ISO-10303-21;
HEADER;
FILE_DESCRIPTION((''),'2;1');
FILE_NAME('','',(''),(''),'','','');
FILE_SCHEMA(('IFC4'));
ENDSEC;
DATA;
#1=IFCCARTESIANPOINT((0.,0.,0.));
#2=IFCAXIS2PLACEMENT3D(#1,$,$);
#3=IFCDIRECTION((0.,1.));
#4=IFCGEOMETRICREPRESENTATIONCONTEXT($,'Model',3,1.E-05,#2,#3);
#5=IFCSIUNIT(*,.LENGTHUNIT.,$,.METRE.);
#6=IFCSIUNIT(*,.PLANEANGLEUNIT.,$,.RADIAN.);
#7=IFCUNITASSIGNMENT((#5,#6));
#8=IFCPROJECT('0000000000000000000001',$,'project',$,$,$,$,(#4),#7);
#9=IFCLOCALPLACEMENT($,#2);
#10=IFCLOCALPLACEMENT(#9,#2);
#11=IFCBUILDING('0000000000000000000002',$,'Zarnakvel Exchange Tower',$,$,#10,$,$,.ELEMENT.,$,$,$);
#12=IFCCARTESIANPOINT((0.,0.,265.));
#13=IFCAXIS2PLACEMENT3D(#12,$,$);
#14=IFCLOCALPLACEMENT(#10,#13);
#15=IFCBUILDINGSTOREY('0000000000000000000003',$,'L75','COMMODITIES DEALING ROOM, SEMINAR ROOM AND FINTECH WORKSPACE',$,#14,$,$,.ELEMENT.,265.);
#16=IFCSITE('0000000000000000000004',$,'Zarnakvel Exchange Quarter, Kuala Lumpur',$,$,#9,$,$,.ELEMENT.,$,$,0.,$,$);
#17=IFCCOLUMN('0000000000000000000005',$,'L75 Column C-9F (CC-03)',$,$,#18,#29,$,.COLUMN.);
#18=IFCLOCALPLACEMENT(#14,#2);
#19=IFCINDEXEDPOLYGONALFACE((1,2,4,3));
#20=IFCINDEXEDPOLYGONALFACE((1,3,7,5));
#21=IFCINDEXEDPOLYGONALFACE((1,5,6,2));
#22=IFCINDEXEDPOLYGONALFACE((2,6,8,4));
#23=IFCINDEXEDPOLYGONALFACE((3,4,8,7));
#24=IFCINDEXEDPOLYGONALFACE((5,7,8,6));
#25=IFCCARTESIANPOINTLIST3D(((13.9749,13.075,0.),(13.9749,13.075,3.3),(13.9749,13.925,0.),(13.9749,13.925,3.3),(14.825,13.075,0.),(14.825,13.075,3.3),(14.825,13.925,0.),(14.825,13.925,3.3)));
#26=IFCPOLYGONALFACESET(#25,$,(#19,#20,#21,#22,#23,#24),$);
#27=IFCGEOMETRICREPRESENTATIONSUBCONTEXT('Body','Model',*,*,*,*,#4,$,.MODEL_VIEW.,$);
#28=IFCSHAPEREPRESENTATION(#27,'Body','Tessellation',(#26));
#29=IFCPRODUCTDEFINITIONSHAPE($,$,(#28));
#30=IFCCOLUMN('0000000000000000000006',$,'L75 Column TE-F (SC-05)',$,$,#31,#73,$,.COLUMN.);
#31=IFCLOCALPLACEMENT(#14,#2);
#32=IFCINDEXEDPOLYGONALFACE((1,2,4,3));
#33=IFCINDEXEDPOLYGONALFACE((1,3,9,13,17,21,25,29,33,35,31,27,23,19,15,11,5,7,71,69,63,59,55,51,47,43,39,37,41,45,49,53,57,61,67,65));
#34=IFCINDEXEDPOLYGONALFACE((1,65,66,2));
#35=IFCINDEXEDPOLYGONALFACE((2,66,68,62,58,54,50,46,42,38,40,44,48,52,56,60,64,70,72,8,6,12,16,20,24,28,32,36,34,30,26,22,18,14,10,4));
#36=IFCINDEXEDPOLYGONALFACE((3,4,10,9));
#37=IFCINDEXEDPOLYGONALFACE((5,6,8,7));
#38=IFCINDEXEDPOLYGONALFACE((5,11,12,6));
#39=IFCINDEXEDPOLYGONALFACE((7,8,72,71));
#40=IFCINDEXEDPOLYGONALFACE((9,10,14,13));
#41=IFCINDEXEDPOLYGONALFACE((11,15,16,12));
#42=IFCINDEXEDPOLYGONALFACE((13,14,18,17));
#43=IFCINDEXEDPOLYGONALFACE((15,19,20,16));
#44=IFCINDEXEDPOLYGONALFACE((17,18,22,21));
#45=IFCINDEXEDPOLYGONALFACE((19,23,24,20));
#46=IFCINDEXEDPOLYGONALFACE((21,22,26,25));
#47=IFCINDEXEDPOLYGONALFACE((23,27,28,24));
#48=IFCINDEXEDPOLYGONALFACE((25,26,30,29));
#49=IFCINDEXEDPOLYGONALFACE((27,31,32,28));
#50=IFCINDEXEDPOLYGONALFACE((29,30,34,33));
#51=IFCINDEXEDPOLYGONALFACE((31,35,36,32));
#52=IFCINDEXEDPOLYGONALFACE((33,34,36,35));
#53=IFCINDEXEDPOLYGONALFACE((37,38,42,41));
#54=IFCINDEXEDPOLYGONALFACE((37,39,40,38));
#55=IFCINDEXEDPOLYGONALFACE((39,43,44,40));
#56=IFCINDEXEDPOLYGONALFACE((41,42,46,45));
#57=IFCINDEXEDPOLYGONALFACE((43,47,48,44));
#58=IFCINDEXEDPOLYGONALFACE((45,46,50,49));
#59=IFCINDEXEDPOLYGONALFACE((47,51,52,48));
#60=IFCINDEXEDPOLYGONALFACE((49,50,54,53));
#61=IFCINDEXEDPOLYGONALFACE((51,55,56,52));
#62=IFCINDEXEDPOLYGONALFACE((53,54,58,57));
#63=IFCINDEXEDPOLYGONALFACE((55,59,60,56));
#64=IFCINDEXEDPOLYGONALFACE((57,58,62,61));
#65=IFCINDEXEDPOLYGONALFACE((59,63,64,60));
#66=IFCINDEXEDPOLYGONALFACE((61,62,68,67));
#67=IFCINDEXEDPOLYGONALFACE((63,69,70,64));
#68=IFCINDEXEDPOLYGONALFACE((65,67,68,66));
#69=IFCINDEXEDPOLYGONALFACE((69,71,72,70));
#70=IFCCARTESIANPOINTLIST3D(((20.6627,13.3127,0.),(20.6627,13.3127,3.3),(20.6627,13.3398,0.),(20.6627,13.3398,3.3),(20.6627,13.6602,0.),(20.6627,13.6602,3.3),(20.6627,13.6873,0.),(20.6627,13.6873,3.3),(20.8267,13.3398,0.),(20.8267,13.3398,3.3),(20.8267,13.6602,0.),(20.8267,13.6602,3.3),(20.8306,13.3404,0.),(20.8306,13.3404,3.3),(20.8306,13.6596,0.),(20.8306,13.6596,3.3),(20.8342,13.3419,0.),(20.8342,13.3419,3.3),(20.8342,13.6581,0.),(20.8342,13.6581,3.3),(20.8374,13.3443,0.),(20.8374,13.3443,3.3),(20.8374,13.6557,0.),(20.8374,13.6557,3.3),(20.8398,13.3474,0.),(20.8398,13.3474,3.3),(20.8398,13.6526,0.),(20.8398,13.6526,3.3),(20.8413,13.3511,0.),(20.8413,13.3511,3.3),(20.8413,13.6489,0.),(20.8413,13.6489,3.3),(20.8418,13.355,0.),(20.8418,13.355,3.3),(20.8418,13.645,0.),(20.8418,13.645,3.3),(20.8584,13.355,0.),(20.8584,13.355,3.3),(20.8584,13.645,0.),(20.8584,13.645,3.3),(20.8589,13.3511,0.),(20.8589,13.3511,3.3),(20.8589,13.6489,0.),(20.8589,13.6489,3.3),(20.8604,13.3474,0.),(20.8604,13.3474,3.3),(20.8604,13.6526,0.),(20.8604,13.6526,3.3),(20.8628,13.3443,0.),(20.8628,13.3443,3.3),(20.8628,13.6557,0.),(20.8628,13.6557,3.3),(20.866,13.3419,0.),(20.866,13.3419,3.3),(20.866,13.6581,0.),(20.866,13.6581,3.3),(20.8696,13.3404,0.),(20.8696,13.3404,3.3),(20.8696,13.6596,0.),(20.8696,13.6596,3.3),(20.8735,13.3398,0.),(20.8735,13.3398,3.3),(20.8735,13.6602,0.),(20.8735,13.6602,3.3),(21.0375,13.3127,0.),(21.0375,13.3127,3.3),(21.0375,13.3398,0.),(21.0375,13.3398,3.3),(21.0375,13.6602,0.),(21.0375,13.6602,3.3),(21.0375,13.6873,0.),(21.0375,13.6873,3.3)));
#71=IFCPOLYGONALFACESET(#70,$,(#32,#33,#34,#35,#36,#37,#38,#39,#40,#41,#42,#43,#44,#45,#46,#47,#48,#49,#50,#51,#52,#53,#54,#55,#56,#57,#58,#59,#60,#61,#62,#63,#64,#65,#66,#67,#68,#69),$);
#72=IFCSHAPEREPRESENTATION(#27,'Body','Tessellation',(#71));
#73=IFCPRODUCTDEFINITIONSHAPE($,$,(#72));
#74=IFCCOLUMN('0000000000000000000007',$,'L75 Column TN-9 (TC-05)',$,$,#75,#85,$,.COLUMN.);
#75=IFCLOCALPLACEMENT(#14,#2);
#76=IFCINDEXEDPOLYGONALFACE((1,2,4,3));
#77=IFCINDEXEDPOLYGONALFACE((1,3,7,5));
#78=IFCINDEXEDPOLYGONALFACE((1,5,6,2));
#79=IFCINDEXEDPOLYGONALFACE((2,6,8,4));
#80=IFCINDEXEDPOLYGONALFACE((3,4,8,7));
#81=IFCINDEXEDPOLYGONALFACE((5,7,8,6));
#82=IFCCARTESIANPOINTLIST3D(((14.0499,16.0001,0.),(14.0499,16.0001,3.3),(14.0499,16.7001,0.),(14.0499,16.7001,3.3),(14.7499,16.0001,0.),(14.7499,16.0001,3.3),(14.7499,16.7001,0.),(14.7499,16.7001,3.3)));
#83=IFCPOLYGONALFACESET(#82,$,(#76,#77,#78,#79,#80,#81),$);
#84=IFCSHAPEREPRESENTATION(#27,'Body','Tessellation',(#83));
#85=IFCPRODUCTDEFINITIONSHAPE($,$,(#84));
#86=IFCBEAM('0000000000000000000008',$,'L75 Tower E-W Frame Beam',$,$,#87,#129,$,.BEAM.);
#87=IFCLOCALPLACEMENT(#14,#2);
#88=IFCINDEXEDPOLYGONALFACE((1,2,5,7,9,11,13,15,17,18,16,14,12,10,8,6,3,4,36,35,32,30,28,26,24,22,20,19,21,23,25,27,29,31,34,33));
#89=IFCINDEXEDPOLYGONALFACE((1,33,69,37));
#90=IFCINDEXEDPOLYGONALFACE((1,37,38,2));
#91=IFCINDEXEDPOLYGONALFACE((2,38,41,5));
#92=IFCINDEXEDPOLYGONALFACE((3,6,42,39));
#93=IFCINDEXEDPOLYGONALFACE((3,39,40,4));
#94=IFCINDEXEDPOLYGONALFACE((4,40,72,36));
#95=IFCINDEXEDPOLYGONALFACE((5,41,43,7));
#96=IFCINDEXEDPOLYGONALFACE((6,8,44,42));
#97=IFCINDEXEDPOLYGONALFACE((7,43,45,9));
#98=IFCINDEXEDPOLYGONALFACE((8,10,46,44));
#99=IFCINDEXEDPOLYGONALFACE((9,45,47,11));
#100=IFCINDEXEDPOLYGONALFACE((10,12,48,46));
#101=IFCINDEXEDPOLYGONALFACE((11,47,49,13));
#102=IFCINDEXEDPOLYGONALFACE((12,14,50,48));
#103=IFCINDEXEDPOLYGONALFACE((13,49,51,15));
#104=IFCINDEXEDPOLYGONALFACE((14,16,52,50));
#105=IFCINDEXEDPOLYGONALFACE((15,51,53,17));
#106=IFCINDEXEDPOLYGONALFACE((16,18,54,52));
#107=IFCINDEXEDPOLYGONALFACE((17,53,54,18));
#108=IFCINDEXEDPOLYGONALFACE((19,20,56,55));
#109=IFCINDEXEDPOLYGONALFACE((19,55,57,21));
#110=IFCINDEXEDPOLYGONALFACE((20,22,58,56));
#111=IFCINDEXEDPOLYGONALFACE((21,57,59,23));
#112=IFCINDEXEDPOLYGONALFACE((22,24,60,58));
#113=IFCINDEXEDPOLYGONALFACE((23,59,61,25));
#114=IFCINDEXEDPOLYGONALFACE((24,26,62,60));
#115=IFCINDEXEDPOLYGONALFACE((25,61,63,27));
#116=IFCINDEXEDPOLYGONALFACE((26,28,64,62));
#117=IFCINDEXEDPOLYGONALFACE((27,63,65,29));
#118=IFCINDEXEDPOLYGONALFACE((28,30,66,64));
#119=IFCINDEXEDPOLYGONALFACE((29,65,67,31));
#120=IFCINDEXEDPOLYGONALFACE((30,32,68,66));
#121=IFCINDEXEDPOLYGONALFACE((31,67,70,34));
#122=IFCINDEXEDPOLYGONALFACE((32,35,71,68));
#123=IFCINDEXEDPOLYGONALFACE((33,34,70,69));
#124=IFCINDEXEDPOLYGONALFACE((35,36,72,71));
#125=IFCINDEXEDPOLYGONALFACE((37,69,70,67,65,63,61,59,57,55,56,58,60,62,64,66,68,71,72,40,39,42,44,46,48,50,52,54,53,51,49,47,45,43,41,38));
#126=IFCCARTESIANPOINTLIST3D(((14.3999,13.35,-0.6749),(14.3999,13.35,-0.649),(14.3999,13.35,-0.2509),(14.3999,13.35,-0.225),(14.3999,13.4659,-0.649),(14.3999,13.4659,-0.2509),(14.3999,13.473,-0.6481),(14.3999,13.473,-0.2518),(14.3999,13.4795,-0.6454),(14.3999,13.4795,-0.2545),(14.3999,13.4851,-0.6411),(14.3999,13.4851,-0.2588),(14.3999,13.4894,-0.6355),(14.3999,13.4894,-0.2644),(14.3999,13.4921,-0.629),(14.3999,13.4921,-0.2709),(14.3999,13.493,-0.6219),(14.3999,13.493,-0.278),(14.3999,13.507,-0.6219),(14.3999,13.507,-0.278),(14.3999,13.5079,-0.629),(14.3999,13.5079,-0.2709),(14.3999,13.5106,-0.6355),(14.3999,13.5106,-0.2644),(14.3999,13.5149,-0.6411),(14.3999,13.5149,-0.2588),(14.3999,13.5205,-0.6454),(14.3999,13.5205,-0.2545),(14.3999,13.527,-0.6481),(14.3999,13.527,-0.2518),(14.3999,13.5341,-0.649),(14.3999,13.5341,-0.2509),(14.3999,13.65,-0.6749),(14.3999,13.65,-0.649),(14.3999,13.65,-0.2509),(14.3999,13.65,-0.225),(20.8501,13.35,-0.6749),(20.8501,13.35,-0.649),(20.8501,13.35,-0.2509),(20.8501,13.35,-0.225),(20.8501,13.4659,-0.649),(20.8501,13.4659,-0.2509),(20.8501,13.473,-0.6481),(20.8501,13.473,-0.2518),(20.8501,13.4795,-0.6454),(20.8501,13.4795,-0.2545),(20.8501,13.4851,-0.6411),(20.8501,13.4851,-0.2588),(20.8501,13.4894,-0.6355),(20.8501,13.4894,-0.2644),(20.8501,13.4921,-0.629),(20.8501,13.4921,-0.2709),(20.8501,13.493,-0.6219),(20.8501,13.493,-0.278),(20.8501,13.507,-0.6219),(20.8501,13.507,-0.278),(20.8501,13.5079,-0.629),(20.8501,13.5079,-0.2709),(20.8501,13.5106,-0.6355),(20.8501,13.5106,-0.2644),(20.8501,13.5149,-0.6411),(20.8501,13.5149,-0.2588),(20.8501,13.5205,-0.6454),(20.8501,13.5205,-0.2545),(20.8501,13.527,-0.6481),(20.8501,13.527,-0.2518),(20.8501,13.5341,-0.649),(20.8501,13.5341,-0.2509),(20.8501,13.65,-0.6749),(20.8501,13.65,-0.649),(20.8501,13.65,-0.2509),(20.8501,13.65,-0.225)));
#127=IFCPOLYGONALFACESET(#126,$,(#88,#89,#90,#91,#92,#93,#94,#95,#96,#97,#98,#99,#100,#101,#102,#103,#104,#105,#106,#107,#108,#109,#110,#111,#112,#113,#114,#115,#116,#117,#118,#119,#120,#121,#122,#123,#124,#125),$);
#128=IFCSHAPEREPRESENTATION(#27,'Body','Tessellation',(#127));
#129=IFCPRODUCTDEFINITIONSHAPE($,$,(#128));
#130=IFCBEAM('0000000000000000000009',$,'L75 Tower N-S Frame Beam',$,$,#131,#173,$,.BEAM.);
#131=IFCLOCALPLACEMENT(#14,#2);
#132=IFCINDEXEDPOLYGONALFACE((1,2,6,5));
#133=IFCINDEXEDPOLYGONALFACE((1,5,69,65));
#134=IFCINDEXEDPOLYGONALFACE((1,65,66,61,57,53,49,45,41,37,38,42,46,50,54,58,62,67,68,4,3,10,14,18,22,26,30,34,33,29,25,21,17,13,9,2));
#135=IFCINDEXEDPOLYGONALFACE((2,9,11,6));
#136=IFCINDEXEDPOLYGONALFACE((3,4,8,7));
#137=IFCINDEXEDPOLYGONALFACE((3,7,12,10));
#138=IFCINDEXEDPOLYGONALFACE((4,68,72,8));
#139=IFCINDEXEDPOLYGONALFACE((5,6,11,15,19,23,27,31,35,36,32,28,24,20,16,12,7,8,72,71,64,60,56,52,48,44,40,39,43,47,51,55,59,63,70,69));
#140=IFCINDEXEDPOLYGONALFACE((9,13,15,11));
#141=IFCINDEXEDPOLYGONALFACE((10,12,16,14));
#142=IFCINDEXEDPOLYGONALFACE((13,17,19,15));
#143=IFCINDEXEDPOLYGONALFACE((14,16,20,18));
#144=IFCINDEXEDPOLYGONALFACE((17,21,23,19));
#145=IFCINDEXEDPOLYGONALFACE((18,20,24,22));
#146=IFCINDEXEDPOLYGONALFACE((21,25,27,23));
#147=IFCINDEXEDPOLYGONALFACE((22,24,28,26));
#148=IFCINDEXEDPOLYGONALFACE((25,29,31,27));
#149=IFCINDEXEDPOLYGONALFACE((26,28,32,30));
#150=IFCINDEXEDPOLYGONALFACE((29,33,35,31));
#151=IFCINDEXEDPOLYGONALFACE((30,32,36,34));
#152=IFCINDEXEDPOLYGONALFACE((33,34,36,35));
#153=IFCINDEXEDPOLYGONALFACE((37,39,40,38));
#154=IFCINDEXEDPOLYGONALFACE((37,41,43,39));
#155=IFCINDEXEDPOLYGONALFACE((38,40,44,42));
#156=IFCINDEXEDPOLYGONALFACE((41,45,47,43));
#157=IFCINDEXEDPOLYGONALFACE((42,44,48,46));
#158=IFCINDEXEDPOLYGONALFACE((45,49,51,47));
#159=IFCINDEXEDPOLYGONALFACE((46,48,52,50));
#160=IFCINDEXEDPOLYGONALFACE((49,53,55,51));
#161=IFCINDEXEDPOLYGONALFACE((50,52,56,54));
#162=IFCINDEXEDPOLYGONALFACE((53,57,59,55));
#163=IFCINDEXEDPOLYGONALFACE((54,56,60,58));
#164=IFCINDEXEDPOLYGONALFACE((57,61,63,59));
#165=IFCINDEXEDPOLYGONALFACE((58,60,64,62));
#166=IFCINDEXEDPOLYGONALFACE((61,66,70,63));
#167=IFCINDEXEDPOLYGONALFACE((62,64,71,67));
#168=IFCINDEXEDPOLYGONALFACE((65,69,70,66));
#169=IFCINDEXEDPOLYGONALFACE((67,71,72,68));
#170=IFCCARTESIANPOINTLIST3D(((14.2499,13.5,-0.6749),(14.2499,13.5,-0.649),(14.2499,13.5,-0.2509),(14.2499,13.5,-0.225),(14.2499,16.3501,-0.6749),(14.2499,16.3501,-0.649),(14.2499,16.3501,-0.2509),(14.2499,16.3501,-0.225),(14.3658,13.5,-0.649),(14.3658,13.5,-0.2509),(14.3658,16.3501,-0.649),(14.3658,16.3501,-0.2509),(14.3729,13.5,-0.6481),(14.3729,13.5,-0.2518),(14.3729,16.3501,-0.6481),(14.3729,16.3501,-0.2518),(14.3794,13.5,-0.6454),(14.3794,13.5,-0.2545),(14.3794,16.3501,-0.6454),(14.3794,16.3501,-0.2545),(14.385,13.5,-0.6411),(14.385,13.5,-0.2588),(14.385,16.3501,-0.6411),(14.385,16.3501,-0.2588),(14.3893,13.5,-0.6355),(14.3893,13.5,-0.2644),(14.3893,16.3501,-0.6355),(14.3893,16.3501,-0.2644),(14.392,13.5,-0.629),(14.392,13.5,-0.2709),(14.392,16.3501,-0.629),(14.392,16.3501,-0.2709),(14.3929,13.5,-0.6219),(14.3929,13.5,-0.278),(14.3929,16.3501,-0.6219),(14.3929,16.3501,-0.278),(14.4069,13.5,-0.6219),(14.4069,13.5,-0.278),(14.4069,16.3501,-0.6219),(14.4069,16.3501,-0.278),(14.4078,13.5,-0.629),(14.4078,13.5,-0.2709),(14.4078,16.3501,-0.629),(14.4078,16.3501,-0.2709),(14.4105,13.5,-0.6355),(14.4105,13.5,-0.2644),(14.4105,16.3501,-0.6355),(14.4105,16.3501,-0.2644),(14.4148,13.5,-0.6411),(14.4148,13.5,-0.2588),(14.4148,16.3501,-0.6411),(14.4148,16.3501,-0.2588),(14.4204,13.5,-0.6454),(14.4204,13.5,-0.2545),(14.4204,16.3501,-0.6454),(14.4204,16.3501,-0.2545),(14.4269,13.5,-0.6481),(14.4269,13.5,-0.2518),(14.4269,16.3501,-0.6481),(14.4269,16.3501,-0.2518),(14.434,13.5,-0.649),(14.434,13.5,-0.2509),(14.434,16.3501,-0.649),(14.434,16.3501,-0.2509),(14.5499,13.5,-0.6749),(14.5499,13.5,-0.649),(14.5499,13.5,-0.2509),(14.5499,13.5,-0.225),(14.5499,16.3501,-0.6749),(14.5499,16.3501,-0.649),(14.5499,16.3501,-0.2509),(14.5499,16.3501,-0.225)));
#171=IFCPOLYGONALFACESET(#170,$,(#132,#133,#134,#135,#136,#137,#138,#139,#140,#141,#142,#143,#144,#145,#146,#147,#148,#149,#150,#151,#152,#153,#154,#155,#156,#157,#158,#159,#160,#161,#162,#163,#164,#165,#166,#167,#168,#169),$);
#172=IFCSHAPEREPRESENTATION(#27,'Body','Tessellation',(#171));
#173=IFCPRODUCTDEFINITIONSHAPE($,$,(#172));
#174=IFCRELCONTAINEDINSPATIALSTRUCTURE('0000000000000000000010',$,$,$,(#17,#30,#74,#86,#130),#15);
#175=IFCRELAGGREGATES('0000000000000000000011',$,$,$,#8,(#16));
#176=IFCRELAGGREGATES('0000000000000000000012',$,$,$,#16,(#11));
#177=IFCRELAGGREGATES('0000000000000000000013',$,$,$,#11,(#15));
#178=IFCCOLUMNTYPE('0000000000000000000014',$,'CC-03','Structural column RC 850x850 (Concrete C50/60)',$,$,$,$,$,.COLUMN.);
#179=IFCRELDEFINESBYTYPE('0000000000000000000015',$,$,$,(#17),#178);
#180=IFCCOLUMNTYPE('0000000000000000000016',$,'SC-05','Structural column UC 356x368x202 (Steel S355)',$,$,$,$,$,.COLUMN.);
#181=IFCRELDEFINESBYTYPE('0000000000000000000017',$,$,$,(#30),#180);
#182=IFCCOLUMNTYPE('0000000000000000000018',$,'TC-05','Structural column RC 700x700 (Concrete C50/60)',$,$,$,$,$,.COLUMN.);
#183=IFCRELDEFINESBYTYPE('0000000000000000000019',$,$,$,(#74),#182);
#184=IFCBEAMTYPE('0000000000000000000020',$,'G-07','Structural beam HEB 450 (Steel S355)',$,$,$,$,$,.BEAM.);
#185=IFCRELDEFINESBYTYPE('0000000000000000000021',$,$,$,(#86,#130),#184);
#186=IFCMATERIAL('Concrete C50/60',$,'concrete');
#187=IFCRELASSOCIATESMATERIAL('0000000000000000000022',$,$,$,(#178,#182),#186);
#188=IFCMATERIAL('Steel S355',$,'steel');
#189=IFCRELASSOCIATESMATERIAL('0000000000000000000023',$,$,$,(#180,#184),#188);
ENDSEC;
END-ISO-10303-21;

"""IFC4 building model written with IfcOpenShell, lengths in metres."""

from ifc_helpers import new_model, si_unit, direction, frame, origin, origin_2d, place, context, subcontext, project, spatial, rectangle, i_section, extrude, material, material_profile, profile_set, type_object, element, save


model = new_model("IFC4")

# Units and contexts
model_context = context("Model", 3, precision=1e-05, world=origin(), true_north=direction((0.0, 1.0)))
body_context = subcontext(model_context, "Body", "Model", "MODEL_VIEW")
ifc_project = project(units=[si_unit("LENGTHUNIT", "METRE"), si_unit("PLANEANGLEUNIT", "RADIAN")], contexts=[model_context])

# Site, building, storey
site_placement = place(None, origin())
site = spatial("IfcSite", under=ifc_project, at=site_placement, Name="Zarnakvel Exchange Quarter, Kuala Lumpur", CompositionType="ELEMENT", RefElevation=0.0)
building_placement = place(site_placement, origin())
building = spatial("IfcBuilding", under=site, at=building_placement, Name="Zarnakvel Exchange Tower", CompositionType="ELEMENT")
storey_placement = place(building_placement, frame((0.0, 0.0, 265.0)))
storey = spatial("IfcBuildingStorey", under=building, at=storey_placement, Name="L75", Description="COMMODITIES DEALING ROOM, SEMINAR ROOM AND FINTECH WORKSPACE", CompositionType="ELEMENT", Elevation=265.0)

# Columns
ifc_material_1 = material(Name="Concrete C50/60", Category="concrete")
ifc_material_profile_1 = material_profile(ifc_material_1, rectangle(XDim=0.8501, YDim=0.8501, at=origin_2d()))
ifc_profile_set_1 = profile_set([ifc_material_profile_1], Name="Concrete C50/60")
column_type_1 = type_object("IfcColumnType", Name="CC-03", Description="Structural column RC 850x850 (Concrete C50/60)", PredefinedType="COLUMN", material=ifc_profile_set_1)
column_1_placement = place(storey_placement, frame((14.3999, 13.5, 0.0), z_axis=(0.0, 0.0, 1.0), x_axis=(1.0, 0.0, 0.0)))
element("IfcColumn", 1, at=column_1_placement, inside=storey, type_object=column_type_1, Name="L75 Column C-9F (CC-03)", PredefinedType="COLUMN", context=body_context, shape_type="SweptSolid", body=[
    extrude(rectangle(XDim=0.8501, YDim=0.8501, at=origin_2d()), origin(), (0.0, 0.0, 1.0), 3.3),
])
ifc_material_2 = material(Name="Steel S355", Category="steel")
ifc_material_profile_2 = material_profile(ifc_material_2, i_section(OverallWidth=0.3748, OverallDepth=0.3745, WebThickness=0.0166, FlangeThickness=0.0271, FilletRadius=0.0151, at=origin_2d()))
ifc_profile_set_2 = profile_set([ifc_material_profile_2], Name="Steel S355")
column_type_2 = type_object("IfcColumnType", Name="SC-05", Description="Structural column UC 356x368x202 (Steel S355)", PredefinedType="COLUMN", material=ifc_profile_set_2)
column_2_placement = place(storey_placement, frame((20.8501, 13.5, 0.0), z_axis=(0.0, 0.0, 1.0), x_axis=(1.0, 0.0, 0.0)))
element("IfcColumn", 2, at=column_2_placement, inside=storey, type_object=column_type_2, Name="L75 Column TE-F (SC-05)", PredefinedType="COLUMN", context=body_context, shape_type="SweptSolid", body=[
    extrude(i_section(OverallWidth=0.3748, OverallDepth=0.3745, WebThickness=0.0166, FlangeThickness=0.0271, FilletRadius=0.0151, at=origin_2d()), origin(), (0.0, 0.0, 1.0), 3.3),
])
ifc_material_profile_3 = material_profile(ifc_material_1, rectangle(XDim=0.7, YDim=0.7, at=origin_2d()))
ifc_profile_set_3 = profile_set([ifc_material_profile_3], Name="Concrete C50/60")
column_type_3 = type_object("IfcColumnType", Name="TC-05", Description="Structural column RC 700x700 (Concrete C50/60)", PredefinedType="COLUMN", material=ifc_profile_set_3)
column_3_placement = place(storey_placement, frame((14.3999, 16.3501, 0.0), z_axis=(0.0, 0.0, 1.0), x_axis=(1.0, 0.0, 0.0)))
element("IfcColumn", 3, at=column_3_placement, inside=storey, type_object=column_type_3, Name="L75 Column TN-9 (TC-05)", PredefinedType="COLUMN", context=body_context, shape_type="SweptSolid", body=[
    extrude(rectangle(XDim=0.7, YDim=0.7, at=origin_2d()), origin(), (0.0, 0.0, 1.0), 3.3),
])

# Beams
ifc_material_profile_4 = material_profile(ifc_material_2, i_section(OverallWidth=0.3, OverallDepth=0.45, WebThickness=0.0139, FlangeThickness=0.0259, FilletRadius=0.0271, at=origin_2d()))
ifc_profile_set_4 = profile_set([ifc_material_profile_4], Name="Steel S355")
beam_type = type_object("IfcBeamType", Name="G-07", Description="Structural beam HEB 450 (Steel S355)", PredefinedType="BEAM", material=ifc_profile_set_4)
beam_1_placement = place(storey_placement, frame((14.3999, 13.5, -0.45), z_axis=(1.0, 0.0, 0.0), x_axis=(0.0, 1.0, 0.0)))
element("IfcBeam", 4, at=beam_1_placement, inside=storey, type_object=beam_type, Name="L75 Tower E-W Frame Beam", PredefinedType="BEAM", context=body_context, shape_type="SweptSolid", body=[
    extrude(i_section(OverallWidth=0.3, OverallDepth=0.45, WebThickness=0.0139, FlangeThickness=0.0259, FilletRadius=0.0271, at=origin_2d()), origin(), (0.0, 0.0, 1.0), 6.4502),
])
beam_2_placement = place(storey_placement, frame((14.3999, 13.5, -0.45), z_axis=(0.0, 1.0, 0.0), x_axis=(-1.0, 0.0, 0.0)))
element("IfcBeam", 5, at=beam_2_placement, inside=storey, type_object=beam_type, Name="L75 Tower N-S Frame Beam", PredefinedType="BEAM", context=body_context, shape_type="SweptSolid", body=[
    extrude(i_section(OverallWidth=0.3, OverallDepth=0.45, WebThickness=0.0139, FlangeThickness=0.0259, FilletRadius=0.0271, at=origin_2d()), origin(), (0.0, 0.0, 1.0), 2.8501),
])

save(model, "model.ifc")
